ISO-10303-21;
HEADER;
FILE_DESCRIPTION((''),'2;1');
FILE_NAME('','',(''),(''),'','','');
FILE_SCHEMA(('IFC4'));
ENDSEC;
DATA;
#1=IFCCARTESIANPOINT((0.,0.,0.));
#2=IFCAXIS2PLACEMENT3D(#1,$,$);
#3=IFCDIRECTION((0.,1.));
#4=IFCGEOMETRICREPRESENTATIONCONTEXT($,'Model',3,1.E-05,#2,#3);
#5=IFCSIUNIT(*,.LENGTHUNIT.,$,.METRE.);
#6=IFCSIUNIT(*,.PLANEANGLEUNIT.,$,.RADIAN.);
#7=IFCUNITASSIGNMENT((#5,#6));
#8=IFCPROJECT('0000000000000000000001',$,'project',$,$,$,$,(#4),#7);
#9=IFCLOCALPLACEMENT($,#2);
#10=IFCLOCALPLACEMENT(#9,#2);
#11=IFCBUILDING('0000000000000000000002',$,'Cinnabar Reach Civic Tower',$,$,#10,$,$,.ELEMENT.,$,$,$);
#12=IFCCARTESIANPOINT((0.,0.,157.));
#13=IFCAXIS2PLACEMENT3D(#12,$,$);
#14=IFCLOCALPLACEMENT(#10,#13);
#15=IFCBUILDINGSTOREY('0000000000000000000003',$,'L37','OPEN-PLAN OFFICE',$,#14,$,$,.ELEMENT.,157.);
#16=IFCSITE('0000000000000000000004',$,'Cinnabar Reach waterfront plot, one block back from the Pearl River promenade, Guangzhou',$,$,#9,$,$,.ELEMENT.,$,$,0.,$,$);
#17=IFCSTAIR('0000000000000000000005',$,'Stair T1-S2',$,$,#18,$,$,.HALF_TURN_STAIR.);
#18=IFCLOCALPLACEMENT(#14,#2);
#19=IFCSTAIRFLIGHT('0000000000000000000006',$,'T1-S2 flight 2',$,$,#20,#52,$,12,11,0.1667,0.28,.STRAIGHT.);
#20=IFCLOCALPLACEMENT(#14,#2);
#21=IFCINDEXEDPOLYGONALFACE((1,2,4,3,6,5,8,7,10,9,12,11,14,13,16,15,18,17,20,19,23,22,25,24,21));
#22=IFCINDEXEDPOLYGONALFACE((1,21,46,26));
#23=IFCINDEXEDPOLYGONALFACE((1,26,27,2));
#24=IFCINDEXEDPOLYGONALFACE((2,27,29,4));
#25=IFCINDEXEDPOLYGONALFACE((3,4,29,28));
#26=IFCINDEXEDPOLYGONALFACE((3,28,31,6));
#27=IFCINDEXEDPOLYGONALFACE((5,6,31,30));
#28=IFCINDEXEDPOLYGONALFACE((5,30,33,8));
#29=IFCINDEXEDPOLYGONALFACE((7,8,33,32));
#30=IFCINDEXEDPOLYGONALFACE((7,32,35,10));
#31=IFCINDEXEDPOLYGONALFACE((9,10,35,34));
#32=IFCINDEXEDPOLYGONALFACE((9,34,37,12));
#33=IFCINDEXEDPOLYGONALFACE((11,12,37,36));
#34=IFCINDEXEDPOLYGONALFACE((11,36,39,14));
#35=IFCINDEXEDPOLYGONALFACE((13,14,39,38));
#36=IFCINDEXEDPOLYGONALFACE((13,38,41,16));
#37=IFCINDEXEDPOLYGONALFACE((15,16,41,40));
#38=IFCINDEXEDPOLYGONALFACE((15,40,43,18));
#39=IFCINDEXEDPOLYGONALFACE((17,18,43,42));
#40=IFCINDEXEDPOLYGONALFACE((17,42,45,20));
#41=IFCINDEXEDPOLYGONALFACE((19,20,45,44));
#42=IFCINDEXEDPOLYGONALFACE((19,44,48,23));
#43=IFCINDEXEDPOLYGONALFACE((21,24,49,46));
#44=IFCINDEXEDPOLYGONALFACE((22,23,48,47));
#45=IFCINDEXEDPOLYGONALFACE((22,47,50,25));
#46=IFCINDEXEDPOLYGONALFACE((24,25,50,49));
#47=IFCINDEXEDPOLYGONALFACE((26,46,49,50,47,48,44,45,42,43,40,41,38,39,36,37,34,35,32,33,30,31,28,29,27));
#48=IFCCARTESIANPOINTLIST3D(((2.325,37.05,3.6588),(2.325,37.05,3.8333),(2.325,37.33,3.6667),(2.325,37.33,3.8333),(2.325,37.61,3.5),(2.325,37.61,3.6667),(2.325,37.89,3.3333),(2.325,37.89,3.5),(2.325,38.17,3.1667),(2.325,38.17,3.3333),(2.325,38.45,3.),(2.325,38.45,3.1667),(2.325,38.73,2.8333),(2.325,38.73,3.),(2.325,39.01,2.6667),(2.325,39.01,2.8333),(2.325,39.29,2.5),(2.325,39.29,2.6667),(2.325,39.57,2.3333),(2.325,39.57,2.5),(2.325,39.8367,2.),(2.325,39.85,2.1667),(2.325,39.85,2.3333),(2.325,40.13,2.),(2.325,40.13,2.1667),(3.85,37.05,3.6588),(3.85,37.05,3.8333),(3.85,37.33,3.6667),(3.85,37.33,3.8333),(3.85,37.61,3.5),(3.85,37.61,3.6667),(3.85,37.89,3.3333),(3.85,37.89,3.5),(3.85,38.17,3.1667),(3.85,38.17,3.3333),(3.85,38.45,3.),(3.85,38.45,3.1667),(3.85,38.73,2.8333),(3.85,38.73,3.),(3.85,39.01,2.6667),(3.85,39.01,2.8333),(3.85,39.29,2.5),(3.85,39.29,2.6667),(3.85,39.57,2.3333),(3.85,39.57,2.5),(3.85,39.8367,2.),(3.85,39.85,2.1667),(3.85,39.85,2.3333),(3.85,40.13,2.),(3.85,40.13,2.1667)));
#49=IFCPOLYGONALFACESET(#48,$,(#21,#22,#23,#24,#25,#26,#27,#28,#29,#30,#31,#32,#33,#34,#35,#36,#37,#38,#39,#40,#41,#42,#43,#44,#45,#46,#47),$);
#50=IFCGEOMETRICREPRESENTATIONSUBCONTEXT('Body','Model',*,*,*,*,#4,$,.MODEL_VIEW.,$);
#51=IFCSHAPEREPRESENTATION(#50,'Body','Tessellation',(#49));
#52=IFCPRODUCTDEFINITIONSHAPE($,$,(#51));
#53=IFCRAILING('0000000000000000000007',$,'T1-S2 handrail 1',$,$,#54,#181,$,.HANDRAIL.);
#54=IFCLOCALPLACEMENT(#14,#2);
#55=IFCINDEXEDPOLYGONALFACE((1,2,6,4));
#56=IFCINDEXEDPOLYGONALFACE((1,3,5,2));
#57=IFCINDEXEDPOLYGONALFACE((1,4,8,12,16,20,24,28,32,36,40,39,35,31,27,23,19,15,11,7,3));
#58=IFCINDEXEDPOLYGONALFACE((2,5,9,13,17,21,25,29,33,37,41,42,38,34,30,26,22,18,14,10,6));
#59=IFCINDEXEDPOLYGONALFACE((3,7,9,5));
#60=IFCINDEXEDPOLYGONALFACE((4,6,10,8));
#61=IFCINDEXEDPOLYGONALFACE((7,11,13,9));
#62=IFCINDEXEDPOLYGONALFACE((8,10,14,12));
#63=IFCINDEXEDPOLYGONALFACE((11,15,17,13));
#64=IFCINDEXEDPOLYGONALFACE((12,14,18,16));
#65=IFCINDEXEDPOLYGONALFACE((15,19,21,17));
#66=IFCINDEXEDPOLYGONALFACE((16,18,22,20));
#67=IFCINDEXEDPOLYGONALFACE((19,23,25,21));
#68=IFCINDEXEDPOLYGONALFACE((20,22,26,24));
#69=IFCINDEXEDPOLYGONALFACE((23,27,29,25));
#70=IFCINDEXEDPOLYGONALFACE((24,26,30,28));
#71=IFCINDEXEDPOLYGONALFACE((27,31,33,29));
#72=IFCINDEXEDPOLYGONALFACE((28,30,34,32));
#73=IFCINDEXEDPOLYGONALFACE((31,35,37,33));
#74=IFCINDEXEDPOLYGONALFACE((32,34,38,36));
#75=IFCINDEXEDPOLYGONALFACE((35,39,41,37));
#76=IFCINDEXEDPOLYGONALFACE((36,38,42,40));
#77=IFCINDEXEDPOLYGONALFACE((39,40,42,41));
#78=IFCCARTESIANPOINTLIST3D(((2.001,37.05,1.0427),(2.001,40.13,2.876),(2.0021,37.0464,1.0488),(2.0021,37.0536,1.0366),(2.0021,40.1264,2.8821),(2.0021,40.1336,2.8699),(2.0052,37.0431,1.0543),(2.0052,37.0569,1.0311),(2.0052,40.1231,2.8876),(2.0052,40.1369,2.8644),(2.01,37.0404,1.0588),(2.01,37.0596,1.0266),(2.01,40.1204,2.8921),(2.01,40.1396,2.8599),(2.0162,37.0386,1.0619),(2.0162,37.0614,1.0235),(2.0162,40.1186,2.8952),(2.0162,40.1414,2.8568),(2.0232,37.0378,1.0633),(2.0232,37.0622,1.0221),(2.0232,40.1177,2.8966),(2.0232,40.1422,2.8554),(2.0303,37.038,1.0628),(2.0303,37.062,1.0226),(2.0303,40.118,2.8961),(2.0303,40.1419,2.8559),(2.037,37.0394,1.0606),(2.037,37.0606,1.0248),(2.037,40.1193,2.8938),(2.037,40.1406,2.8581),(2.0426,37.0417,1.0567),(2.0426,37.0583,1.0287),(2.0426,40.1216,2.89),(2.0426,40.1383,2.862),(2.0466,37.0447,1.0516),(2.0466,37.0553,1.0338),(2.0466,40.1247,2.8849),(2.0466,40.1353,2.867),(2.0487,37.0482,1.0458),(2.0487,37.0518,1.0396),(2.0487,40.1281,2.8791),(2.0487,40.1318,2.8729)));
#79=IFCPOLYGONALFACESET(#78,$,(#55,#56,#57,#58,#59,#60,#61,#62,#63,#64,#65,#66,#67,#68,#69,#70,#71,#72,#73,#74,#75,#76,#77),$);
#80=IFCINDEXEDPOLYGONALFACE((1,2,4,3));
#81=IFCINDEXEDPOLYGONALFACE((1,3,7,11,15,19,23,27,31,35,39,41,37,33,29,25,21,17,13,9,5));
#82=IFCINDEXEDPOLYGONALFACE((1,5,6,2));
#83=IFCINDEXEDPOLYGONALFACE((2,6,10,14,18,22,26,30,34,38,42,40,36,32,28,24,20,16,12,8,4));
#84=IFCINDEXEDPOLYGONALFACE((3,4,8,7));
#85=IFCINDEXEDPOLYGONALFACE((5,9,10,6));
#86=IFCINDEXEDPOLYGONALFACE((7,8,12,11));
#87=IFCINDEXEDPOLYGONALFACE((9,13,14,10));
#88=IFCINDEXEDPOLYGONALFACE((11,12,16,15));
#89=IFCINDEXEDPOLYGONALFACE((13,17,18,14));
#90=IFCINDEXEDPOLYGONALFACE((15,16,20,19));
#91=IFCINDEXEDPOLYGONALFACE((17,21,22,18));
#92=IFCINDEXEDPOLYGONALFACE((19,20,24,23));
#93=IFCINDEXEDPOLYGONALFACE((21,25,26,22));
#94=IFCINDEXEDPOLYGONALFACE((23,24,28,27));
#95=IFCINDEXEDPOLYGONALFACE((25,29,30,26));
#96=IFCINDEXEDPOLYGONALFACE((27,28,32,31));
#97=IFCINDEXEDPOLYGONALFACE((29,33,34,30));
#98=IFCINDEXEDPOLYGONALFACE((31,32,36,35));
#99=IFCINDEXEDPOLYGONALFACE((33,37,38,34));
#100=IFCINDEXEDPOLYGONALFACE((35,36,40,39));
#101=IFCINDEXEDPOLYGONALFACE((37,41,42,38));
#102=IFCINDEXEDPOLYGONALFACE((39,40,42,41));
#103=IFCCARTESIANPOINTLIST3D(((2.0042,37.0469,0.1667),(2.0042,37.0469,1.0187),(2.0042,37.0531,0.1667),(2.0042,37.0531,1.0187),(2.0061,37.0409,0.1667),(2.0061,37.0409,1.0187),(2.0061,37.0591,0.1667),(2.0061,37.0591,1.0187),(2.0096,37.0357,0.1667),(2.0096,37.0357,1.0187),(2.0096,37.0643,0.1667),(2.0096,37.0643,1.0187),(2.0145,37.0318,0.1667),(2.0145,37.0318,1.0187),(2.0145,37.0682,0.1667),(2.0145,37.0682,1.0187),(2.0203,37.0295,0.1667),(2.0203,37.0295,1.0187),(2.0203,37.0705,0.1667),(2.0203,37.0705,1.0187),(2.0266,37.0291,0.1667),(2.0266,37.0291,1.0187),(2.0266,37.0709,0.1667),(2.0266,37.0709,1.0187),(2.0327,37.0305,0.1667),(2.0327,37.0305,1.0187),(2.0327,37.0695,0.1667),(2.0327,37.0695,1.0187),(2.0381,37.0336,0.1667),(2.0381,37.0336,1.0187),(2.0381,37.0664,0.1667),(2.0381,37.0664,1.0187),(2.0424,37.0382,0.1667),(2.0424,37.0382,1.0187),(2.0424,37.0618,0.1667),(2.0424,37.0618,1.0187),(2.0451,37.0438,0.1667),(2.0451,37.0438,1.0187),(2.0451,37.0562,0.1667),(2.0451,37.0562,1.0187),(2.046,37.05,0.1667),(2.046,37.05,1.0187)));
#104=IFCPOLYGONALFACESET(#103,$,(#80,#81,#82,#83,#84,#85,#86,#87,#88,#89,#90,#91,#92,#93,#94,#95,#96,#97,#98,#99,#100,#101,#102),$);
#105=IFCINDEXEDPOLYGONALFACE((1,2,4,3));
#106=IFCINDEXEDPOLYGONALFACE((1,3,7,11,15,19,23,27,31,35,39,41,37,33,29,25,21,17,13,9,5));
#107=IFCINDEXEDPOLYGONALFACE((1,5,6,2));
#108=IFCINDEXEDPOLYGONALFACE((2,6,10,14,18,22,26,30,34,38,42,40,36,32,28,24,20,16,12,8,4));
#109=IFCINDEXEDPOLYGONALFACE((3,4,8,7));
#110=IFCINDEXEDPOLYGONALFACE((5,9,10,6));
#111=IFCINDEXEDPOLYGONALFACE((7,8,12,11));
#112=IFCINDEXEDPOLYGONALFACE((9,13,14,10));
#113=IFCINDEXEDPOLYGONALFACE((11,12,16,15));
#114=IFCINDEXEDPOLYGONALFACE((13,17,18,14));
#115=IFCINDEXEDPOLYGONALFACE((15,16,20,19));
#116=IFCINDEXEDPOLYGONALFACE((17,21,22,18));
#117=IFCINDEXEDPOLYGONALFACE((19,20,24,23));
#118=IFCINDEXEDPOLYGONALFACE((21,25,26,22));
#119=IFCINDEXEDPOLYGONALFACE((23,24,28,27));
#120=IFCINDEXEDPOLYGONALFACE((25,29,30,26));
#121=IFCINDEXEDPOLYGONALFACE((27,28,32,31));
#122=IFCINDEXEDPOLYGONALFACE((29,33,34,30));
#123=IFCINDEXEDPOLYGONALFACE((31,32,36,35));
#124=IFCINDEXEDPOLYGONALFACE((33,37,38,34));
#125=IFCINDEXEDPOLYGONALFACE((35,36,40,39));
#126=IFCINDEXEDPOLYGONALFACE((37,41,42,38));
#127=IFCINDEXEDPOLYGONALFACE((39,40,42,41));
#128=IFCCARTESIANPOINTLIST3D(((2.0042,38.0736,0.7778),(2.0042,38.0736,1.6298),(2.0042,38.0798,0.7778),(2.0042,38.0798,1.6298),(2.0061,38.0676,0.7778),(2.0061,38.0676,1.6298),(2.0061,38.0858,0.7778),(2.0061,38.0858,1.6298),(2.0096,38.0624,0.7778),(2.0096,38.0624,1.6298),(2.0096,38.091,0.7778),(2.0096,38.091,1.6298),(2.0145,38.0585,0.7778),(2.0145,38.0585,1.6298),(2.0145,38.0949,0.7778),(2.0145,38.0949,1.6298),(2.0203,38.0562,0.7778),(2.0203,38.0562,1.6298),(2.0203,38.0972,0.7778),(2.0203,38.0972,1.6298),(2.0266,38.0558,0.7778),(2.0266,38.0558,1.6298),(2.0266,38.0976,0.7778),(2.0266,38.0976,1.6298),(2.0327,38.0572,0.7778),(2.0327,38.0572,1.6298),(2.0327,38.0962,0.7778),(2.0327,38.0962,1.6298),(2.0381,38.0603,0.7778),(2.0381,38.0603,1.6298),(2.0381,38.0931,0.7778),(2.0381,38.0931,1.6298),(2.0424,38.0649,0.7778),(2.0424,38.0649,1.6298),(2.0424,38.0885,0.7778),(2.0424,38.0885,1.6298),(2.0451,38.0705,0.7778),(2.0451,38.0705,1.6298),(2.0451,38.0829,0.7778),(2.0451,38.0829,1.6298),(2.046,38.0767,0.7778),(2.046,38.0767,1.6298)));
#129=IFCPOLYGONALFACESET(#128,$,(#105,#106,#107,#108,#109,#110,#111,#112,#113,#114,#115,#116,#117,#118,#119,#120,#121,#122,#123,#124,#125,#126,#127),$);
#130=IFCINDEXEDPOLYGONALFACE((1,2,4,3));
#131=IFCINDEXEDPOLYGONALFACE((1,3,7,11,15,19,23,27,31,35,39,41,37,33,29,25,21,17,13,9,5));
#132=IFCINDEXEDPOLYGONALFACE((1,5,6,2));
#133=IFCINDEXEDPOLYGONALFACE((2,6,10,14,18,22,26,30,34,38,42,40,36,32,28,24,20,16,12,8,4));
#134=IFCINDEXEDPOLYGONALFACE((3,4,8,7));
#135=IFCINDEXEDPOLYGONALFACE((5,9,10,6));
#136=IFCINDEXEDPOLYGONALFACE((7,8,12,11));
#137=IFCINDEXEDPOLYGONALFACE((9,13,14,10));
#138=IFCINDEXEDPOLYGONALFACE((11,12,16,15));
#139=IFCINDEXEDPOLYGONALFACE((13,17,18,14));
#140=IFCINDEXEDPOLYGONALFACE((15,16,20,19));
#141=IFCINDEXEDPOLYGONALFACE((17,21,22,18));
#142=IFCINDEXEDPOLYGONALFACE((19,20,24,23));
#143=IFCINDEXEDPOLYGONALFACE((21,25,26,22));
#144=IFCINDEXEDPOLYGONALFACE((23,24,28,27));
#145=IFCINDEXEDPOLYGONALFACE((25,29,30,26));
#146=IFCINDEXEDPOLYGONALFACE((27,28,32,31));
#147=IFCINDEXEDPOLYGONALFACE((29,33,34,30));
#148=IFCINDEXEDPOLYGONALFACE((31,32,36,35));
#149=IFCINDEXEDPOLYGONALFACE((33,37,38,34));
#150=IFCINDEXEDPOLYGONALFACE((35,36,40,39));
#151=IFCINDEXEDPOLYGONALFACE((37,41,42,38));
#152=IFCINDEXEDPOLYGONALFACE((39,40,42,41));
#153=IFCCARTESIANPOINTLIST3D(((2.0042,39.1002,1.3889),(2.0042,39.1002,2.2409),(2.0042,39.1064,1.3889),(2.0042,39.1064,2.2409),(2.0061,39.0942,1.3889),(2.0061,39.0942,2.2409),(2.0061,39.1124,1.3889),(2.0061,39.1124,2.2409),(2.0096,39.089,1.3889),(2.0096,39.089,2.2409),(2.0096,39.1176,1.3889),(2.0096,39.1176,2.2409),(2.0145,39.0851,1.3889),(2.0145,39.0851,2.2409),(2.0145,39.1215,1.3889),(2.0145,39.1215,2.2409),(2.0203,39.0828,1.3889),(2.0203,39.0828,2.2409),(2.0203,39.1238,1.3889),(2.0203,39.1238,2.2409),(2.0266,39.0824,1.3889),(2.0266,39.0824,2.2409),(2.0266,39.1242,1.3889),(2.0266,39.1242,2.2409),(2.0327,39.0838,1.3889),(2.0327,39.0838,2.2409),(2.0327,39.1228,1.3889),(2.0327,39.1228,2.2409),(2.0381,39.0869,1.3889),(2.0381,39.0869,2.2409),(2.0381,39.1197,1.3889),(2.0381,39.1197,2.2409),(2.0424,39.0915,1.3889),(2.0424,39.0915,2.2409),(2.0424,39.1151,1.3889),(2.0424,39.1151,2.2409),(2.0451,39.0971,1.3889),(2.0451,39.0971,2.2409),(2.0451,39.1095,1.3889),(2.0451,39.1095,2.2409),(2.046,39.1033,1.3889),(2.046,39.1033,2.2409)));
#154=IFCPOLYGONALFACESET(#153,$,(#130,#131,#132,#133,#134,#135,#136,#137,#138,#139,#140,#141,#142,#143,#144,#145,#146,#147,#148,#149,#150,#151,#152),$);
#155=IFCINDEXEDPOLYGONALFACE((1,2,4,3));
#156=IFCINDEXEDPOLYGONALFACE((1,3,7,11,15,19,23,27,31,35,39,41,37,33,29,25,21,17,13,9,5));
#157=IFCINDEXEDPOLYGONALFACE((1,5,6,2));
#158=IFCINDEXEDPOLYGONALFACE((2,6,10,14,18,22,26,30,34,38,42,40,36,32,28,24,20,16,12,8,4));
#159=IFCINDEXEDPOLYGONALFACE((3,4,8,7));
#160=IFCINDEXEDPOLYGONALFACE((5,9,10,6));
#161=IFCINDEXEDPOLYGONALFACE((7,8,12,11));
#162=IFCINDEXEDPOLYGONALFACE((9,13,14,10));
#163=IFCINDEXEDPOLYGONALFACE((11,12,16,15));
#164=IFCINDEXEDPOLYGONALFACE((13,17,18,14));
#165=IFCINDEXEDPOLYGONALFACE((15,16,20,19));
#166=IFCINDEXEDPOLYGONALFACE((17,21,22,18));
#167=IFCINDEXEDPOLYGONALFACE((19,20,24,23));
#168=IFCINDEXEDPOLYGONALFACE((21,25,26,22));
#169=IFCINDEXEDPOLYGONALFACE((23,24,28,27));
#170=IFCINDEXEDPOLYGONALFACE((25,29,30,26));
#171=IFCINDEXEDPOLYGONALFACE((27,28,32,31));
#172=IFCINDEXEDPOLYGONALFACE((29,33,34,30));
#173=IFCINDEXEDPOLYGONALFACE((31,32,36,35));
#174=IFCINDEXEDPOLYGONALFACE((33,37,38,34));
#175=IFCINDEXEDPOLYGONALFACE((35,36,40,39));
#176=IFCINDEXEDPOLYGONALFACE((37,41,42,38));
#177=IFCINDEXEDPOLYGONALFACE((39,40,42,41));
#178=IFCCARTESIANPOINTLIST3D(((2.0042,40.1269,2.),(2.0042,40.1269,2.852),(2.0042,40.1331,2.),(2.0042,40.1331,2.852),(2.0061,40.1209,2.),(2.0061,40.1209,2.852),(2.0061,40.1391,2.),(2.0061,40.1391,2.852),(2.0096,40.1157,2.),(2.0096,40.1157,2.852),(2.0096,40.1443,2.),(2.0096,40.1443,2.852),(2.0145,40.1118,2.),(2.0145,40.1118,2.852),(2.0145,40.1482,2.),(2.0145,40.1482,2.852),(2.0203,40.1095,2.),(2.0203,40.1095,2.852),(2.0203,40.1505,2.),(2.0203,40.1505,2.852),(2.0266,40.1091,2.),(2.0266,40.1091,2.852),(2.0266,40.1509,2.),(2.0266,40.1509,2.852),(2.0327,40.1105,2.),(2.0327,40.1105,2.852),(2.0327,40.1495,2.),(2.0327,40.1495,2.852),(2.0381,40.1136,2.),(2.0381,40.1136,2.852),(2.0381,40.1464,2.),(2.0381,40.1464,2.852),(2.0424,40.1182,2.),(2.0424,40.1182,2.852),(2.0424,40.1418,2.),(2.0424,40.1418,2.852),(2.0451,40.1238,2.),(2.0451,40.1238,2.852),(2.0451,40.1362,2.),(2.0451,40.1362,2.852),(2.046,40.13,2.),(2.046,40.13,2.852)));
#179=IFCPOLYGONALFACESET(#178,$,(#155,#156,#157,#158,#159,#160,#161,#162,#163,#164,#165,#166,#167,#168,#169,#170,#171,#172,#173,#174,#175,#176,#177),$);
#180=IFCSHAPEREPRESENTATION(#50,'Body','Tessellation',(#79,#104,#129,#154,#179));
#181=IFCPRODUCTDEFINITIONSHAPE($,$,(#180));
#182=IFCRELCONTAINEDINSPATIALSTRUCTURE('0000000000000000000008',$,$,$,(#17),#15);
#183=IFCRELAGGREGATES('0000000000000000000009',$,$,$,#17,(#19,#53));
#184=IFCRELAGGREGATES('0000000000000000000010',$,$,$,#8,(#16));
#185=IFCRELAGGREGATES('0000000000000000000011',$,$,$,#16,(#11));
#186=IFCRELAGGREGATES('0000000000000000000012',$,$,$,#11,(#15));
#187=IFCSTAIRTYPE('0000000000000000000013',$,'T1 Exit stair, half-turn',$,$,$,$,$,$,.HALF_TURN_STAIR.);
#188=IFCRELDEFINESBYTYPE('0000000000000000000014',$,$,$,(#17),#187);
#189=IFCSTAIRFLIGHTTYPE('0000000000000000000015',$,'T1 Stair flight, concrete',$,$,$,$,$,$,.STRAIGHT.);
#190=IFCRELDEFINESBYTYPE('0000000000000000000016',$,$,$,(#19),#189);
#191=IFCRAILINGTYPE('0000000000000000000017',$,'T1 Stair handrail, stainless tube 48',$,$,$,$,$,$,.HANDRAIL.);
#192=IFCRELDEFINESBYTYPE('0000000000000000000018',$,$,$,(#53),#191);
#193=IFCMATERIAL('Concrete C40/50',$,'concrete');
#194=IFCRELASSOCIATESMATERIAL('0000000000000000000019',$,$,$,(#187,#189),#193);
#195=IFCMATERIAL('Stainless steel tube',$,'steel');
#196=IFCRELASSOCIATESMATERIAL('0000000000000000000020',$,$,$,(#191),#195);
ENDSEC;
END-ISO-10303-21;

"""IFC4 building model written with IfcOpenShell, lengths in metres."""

from ifc_helpers import new_model, si_unit, direction, frame, origin, origin_2d, place, context, subcontext, project, spatial, polyline, circle, outline, extrude, material, type_object, element, aggregate, save


model = new_model("IFC4")

# Units and contexts
model_context = context("Model", 3, precision=1e-05, world=origin(), true_north=direction((0.0, 1.0)))
body_context = subcontext(model_context, "Body", "Model", "MODEL_VIEW")
ifc_project = project(units=[si_unit("LENGTHUNIT", "METRE"), si_unit("PLANEANGLEUNIT", "RADIAN")], contexts=[model_context])

# Site, building, storey
site_placement = place(None, origin())
site = spatial("IfcSite", under=ifc_project, at=site_placement, Name="Cinnabar Reach waterfront plot, one block back from the Pearl River promenade, Guangzhou", CompositionType="ELEMENT", RefElevation=0.0)
building_placement = place(site_placement, origin())
building = spatial("IfcBuilding", under=site, at=building_placement, Name="Cinnabar Reach Civic Tower", CompositionType="ELEMENT")
storey_placement = place(building_placement, frame((0.0, 0.0, 157.0)))
storey = spatial("IfcBuildingStorey", under=building, at=storey_placement, Name="L37", Description="OPEN-PLAN OFFICE", CompositionType="ELEMENT", Elevation=157.0)

# Shared definitions
ifc_material_1 = material(Name="Concrete C40/50", Category="concrete")

# Stair, stair flight, railing
stair_type = type_object("IfcStairType", Name="T1 Exit stair, half-turn", PredefinedType="HALF_TURN_STAIR", material=ifc_material_1)
stair_placement = place(storey_placement, origin())
stair = element("IfcStair", 1, at=stair_placement, inside=storey, type_object=stair_type, Name="Stair T1-S2", PredefinedType="HALF_TURN_STAIR")
stair_flight_type = type_object("IfcStairFlightType", Name="T1 Stair flight, concrete", PredefinedType="STRAIGHT", material=ifc_material_1)
stair_flight_1_placement = place(storey_placement, frame((3.0875, 40.13, 2.0), z_axis=(0.0, 0.0, 1.0), x_axis=(0.0, -1.0, 0.0)))
stair_flight_1 = element("IfcStairFlight", 2, at=stair_flight_1_placement, type_object=stair_flight_type, Name="T1-S2 flight 2", NumberOfRisers=12, NumberOfTreads=11, PredefinedType="STRAIGHT", RiserHeight=0.1667, TreadLength=0.28, context=body_context, shape_type="SweptSolid", body=[
    extrude(outline(polyline([(0.0, 0.0), (0.0, 0.1667), (0.28, 0.1667), (0.28, 0.3333), (0.56, 0.3333), (0.56, 0.5), (0.84, 0.5), (0.84, 0.6667), (1.12, 0.6667), (1.12, 0.8333), (1.4, 0.8333), (1.4, 1.0), (1.68, 1.0), (1.68, 1.1667), (1.96, 1.1667), (1.96, 1.3333), (2.24, 1.3333), (2.24, 1.5), (2.52, 1.5), (2.52, 1.6667), (2.8, 1.6667), (2.8, 1.8333), (3.08, 1.8333), (3.08, 2.0), (3.08, 1.6588), (0.2933, 0.0), (0.0, 0.0)])), frame((0.0, 0.7625, 0.0), z_axis=(0.0, -1.0, 0.0), x_axis=(1.0, 0.0, 0.0)), (0.0, 0.0, 1.0), 1.525),
])
ifc_material_2 = material(Name="Stainless steel tube", Category="steel")
railing_type = type_object("IfcRailingType", Name="T1 Stair handrail, stainless tube 48", PredefinedType="HANDRAIL", material=ifc_material_2)
railing_1_placement = place(storey_placement, frame((2.025, 37.05, 0.1667)))
railing_1 = element("IfcRailing", 3, at=railing_1_placement, type_object=railing_type, Name="T1-S2 handrail 1", PredefinedType="HANDRAIL", context=body_context, shape_type="SweptSolid", body=[
    extrude(circle(Radius=0.024, at=origin_2d()), frame((0.0, 0.0, 0.876), z_axis=(0.0, 0.859297, 0.511477), x_axis=(-1.0, 0.0, 0.0)), (0.0, 0.0, 1.0), 3.5843),
    extrude(circle(Radius=0.021, at=origin_2d()), origin(), (0.0, 0.0, 1.0), 0.852),
    extrude(circle(Radius=0.021, at=origin_2d()), frame((0.0, 1.0267, 0.6111)), (0.0, 0.0, 1.0), 0.852),
    extrude(circle(Radius=0.021, at=origin_2d()), frame((0.0, 2.0533, 1.2222)), (0.0, 0.0, 1.0), 0.852),
    extrude(circle(Radius=0.021, at=origin_2d()), frame((0.0, 3.08, 1.8333)), (0.0, 0.0, 1.0), 0.852),
])
aggregate(stair, [stair_flight_1, railing_1])

save(model, "model.ifc")
